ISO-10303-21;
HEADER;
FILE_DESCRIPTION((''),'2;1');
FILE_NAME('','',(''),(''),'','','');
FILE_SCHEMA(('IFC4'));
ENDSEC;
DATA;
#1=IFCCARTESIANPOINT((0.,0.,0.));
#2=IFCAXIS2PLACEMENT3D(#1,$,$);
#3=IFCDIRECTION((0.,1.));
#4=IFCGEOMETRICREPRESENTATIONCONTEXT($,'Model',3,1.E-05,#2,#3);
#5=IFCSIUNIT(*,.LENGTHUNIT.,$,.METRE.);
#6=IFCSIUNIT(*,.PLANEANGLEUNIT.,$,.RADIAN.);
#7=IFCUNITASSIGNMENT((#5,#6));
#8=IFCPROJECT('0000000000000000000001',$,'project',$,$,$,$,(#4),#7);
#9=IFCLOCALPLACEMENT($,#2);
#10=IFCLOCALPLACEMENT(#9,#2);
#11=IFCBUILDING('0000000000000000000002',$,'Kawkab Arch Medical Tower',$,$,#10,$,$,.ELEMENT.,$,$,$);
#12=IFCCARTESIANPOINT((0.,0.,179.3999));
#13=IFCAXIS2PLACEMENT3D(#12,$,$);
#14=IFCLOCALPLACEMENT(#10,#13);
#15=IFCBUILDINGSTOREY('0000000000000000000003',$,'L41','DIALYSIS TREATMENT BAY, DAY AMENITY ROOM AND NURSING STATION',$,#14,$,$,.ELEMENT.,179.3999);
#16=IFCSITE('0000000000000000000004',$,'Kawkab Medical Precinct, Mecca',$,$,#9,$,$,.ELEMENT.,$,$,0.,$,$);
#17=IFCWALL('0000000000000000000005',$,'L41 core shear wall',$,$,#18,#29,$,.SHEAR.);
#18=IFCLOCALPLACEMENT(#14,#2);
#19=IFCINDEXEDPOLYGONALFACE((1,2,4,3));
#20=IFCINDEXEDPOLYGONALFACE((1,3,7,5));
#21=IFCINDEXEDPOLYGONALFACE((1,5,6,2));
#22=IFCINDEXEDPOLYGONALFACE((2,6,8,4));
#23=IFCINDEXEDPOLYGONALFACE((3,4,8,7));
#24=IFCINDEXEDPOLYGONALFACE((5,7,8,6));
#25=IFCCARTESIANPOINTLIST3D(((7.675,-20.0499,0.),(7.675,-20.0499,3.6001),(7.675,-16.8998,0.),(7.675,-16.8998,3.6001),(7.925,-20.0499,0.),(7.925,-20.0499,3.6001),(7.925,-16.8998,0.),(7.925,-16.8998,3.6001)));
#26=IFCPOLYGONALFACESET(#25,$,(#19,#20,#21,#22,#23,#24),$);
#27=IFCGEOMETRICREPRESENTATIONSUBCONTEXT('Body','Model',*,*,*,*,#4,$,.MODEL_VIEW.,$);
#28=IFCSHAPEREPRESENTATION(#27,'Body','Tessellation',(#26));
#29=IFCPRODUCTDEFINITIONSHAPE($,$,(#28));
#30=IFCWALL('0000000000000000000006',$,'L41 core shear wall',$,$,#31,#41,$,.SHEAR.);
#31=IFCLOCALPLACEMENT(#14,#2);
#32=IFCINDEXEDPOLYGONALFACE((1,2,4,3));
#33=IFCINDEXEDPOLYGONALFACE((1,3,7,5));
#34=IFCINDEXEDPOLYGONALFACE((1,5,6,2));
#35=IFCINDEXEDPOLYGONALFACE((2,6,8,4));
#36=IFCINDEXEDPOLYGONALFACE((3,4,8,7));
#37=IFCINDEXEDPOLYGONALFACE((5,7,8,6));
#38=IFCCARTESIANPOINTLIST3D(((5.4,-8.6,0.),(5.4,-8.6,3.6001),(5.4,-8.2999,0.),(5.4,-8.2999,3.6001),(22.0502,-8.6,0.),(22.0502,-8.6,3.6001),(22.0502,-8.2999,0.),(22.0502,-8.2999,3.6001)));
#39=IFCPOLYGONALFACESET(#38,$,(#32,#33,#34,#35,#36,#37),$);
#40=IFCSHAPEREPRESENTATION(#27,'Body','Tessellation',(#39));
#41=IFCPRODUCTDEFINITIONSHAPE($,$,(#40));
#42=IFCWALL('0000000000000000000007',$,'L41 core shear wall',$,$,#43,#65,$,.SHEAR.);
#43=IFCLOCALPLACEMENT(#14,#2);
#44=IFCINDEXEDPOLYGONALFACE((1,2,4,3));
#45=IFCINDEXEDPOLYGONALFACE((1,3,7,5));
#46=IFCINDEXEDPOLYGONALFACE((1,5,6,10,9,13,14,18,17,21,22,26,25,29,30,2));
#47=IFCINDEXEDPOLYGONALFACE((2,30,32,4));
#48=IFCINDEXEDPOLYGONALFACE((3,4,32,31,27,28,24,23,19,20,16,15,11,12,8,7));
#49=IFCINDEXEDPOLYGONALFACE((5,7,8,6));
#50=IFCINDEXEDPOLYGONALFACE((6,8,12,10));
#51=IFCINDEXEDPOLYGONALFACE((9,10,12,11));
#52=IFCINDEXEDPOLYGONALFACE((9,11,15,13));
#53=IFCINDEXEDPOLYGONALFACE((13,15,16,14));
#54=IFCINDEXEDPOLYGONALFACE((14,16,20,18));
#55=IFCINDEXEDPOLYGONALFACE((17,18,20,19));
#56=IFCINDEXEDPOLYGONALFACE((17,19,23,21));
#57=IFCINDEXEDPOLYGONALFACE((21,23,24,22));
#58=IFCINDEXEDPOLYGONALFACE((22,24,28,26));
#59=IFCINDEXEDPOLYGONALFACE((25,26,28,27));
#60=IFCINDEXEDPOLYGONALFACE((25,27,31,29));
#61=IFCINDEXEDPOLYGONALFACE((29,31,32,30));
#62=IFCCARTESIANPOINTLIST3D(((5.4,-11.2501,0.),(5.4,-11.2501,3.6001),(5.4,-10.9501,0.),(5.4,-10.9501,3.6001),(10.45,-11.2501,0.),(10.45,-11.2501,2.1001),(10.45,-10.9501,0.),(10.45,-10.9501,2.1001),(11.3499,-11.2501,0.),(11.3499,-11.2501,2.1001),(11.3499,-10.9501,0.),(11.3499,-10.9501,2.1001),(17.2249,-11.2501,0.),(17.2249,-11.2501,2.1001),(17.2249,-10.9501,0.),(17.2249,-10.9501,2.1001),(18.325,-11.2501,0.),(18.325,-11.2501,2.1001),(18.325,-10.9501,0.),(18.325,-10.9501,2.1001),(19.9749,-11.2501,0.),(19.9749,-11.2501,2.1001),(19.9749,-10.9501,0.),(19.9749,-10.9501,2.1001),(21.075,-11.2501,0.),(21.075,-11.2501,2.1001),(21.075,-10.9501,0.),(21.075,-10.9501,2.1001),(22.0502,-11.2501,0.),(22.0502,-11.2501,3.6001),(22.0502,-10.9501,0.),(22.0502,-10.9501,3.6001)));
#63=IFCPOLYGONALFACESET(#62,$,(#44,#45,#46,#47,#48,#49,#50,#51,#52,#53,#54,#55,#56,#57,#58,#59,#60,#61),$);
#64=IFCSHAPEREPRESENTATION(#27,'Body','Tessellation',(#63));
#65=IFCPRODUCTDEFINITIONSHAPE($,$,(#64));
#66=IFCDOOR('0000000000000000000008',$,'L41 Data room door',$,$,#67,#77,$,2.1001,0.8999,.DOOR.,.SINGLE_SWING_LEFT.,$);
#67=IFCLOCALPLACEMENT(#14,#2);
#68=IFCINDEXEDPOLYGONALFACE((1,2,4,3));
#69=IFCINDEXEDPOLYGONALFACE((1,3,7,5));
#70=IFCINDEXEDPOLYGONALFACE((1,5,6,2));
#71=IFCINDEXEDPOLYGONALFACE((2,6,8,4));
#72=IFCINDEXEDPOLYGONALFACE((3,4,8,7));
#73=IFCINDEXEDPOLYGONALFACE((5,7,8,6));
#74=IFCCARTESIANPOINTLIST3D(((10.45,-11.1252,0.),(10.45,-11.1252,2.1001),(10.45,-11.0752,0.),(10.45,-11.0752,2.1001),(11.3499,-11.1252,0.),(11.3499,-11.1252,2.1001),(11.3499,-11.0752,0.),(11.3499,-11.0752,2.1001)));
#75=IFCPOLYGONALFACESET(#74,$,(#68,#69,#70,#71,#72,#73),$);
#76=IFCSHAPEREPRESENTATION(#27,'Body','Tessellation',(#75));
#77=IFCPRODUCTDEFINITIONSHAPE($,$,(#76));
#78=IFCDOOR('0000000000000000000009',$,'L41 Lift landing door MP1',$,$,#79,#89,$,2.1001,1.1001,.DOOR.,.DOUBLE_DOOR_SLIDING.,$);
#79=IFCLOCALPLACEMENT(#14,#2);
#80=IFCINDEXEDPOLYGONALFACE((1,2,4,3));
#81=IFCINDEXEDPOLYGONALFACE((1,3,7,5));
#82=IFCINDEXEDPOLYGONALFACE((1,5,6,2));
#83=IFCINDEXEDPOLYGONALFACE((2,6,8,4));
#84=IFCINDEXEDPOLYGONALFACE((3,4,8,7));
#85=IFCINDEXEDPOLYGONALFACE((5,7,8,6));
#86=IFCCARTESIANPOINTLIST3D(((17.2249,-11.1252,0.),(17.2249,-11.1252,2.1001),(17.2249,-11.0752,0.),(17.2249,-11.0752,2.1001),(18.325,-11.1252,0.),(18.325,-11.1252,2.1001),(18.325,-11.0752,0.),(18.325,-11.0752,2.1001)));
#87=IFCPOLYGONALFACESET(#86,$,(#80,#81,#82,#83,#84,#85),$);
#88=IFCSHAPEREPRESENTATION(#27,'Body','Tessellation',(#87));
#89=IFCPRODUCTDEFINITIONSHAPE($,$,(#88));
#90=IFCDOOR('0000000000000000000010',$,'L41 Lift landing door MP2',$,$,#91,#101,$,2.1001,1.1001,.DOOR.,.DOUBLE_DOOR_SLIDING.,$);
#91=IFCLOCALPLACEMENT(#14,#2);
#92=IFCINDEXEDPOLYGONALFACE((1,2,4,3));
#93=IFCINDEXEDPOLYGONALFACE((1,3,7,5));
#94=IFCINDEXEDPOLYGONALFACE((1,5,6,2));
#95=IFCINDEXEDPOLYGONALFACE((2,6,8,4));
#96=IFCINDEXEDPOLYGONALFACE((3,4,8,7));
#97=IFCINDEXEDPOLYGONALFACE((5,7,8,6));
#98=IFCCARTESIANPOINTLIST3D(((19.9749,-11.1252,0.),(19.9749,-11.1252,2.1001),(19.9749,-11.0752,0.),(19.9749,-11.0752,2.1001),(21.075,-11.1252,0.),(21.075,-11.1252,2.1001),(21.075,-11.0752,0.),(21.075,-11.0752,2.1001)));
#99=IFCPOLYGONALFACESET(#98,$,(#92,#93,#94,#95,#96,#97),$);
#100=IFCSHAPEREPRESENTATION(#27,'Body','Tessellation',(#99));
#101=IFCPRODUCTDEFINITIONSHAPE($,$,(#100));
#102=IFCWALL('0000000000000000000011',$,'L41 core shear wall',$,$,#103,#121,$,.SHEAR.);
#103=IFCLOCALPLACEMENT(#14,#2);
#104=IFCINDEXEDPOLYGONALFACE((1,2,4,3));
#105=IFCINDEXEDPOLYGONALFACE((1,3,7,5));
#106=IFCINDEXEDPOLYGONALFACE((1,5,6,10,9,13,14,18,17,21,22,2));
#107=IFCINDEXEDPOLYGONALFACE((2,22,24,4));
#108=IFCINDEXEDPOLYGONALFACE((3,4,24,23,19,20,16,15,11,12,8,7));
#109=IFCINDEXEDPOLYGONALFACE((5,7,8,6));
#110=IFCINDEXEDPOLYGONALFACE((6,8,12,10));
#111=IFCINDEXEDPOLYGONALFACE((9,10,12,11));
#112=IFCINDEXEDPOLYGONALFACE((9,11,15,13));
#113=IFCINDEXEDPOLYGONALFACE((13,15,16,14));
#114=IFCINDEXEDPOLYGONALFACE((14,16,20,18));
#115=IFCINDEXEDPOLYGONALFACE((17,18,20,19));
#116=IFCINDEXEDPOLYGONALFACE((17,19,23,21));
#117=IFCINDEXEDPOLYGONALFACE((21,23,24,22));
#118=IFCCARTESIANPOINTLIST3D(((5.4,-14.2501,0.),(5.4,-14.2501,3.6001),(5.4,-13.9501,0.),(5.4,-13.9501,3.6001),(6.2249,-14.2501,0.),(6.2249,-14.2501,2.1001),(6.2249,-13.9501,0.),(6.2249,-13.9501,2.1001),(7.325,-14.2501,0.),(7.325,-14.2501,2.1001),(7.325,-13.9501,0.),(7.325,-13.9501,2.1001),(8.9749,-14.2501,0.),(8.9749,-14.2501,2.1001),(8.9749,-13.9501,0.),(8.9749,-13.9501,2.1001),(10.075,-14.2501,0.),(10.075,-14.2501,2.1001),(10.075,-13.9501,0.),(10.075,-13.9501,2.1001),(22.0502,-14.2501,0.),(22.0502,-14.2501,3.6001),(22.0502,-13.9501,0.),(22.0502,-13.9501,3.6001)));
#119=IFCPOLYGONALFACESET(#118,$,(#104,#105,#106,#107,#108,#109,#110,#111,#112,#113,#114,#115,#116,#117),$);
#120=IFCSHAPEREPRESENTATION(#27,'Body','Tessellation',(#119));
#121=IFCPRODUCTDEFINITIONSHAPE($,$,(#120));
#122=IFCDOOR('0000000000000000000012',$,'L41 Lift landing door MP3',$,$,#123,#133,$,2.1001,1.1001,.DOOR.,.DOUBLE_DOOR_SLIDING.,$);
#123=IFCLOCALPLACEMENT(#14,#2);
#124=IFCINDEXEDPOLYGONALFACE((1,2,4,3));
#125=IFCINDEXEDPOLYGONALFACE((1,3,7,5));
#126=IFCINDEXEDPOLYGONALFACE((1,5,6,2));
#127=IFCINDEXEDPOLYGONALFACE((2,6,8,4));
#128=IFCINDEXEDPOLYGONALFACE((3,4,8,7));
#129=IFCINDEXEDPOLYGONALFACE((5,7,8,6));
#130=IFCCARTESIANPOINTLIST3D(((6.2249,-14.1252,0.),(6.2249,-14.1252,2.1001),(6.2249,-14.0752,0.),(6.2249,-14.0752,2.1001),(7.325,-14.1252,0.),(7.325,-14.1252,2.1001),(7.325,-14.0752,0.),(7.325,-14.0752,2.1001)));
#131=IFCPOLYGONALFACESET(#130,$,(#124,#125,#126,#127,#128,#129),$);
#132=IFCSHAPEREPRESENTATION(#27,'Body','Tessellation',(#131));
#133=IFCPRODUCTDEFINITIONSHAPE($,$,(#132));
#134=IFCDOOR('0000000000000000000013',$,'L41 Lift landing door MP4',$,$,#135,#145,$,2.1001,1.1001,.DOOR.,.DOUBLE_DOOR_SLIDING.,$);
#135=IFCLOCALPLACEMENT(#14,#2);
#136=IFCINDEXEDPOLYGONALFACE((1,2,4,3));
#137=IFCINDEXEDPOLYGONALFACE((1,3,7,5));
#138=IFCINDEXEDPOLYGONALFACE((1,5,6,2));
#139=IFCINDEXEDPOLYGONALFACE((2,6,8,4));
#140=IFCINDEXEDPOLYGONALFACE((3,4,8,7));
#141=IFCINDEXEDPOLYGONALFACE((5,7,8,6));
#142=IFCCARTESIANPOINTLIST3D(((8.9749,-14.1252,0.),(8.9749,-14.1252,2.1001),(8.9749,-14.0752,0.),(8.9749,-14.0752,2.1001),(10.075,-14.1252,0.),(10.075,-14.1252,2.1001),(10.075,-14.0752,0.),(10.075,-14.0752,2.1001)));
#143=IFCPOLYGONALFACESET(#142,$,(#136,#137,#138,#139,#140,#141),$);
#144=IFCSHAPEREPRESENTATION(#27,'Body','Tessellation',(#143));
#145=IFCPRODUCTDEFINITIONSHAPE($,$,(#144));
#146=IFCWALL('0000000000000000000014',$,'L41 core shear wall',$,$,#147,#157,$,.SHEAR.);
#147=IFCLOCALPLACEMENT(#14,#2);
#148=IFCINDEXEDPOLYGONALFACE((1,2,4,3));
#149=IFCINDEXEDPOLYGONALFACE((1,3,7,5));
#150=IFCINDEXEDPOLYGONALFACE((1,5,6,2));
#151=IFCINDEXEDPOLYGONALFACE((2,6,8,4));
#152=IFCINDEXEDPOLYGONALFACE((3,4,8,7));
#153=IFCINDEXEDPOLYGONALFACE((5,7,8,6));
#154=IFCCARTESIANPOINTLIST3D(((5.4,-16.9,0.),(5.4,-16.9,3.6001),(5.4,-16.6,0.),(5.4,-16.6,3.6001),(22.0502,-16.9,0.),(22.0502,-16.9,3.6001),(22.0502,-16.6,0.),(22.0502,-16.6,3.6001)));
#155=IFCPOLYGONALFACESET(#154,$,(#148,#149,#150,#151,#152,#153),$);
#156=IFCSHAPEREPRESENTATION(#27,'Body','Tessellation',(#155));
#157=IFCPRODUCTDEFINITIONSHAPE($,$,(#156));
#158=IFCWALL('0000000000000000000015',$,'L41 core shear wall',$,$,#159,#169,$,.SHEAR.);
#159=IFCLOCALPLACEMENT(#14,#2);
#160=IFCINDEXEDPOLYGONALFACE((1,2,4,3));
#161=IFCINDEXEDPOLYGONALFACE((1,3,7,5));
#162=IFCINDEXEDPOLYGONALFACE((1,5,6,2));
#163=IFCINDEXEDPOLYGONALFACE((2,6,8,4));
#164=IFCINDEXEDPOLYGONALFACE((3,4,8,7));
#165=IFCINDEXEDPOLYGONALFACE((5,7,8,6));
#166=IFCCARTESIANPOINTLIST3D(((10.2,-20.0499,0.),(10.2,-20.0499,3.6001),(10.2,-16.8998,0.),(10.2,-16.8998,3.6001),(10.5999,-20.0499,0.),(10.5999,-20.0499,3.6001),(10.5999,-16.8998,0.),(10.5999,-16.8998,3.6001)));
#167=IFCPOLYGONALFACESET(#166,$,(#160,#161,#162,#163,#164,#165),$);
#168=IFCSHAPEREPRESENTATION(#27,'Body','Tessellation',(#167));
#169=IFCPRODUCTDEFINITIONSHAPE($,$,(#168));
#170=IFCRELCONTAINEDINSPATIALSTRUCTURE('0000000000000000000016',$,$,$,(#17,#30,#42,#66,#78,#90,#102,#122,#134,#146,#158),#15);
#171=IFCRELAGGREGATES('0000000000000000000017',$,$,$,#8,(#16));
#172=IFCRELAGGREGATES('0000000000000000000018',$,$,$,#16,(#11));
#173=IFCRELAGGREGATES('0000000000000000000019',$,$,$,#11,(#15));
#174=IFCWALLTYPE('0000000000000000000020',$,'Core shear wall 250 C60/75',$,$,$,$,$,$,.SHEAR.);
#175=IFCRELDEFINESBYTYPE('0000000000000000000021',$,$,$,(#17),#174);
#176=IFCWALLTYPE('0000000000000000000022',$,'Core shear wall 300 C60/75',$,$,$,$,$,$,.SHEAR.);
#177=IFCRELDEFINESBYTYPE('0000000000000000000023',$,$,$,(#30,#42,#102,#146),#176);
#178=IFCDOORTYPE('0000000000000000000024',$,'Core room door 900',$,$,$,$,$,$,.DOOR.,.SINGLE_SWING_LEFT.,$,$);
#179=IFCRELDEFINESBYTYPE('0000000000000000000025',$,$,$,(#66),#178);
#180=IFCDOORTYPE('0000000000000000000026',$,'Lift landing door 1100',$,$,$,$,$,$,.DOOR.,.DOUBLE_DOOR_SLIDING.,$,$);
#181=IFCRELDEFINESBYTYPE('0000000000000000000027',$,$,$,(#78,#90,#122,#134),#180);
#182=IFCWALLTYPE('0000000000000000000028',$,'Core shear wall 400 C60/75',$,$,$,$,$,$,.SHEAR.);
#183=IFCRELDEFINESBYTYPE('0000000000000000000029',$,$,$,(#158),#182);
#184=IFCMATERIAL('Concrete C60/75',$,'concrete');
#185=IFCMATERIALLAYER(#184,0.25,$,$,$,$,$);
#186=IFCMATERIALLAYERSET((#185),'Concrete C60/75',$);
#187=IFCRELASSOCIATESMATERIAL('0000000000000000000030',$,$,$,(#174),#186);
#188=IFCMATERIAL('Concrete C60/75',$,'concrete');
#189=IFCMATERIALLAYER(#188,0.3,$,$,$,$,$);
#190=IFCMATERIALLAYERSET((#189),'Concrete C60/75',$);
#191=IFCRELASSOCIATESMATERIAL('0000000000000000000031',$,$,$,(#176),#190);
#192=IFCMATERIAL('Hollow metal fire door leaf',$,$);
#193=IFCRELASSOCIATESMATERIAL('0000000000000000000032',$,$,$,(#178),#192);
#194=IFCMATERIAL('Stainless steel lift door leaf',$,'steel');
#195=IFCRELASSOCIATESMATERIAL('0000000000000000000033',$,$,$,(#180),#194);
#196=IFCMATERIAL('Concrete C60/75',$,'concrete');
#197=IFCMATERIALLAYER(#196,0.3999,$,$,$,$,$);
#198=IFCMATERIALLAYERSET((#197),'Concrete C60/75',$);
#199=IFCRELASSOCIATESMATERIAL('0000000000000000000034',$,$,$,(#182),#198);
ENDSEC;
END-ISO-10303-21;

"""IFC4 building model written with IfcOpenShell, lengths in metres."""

from ifc_helpers import new_model, si_unit, direction, frame, frame_2d, origin, place, context, subcontext, project, spatial, rectangle, extrude, material, layer, layer_set, type_object, element, fill, save


model = new_model("IFC4")

# Units and contexts
model_context = context("Model", 3, precision=1e-05, world=origin(), true_north=direction((0.0, 1.0)))
body_context = subcontext(model_context, "Body", "Model", "MODEL_VIEW")
ifc_project = project(units=[si_unit("LENGTHUNIT", "METRE"), si_unit("PLANEANGLEUNIT", "RADIAN")], contexts=[model_context])

# Site, building, storey
site_placement = place(None, origin())
site = spatial("IfcSite", under=ifc_project, at=site_placement, Name="Kawkab Medical Precinct, Mecca", CompositionType="ELEMENT", RefElevation=0.0)
building_placement = place(site_placement, origin())
building = spatial("IfcBuilding", under=site, at=building_placement, Name="Kawkab Arch Medical Tower", CompositionType="ELEMENT")
storey_placement = place(building_placement, frame((0.0, 0.0, 179.3999)))
storey = spatial("IfcBuildingStorey", under=building, at=storey_placement, Name="L41", Description="DIALYSIS TREATMENT BAY, DAY AMENITY ROOM AND NURSING STATION", CompositionType="ELEMENT", Elevation=179.3999)

# Walls
ifc_material_1 = material(Name="Concrete C60/75", Category="concrete")
ifc_layer_1 = layer(ifc_material_1, 0.25)
ifc_layer_set_1 = layer_set([ifc_layer_1], Name="Concrete C60/75")
wall_type_1 = type_object("IfcWallType", Name="Core shear wall 250 C60/75", PredefinedType="SHEAR", material=ifc_layer_set_1)
wall_1_placement = place(storey_placement, frame((7.8, -20.05, 0.0), z_axis=(0.0, 0.0, 1.0), x_axis=(0.0, 1.0, 0.0)))
element("IfcWall", 1, at=wall_1_placement, inside=storey, type_object=wall_type_1, Name="L41 core shear wall", PredefinedType="SHEAR", context=body_context, shape_type="SweptSolid", body=[
    extrude(rectangle(XDim=3.1501, YDim=0.25, at=frame_2d((1.5752, 0.0))), origin(), (0.0, 0.0, 1.0), 3.6001),
])
ifc_material_2 = material(Name="Concrete C60/75", Category="concrete")
ifc_layer_2 = layer(ifc_material_2, 0.3)
ifc_layer_set_2 = layer_set([ifc_layer_2], Name="Concrete C60/75")
wall_type_2 = type_object("IfcWallType", Name="Core shear wall 300 C60/75", PredefinedType="SHEAR", material=ifc_layer_set_2)
wall_2_placement = place(storey_placement, frame((5.3999, -8.45, 0.0), z_axis=(0.0, 0.0, 1.0), x_axis=(1.0, 0.0, 0.0)))
element("IfcWall", 2, at=wall_2_placement, inside=storey, type_object=wall_type_2, Name="L41 core shear wall", PredefinedType="SHEAR", context=body_context, shape_type="SweptSolid", body=[
    extrude(rectangle(XDim=16.6501, YDim=0.3, at=frame_2d((8.3252, 0.0))), origin(), (0.0, 0.0, 1.0), 3.6001),
])

# Walls, openings, doors
wall_3_placement = place(storey_placement, frame((5.3999, -11.1001, 0.0), z_axis=(0.0, 0.0, 1.0), x_axis=(1.0, 0.0, 0.0)))
wall_3 = element("IfcWall", 3, at=wall_3_placement, inside=storey, type_object=wall_type_2, Name="L41 core shear wall", PredefinedType="SHEAR", context=body_context, shape_type="SweptSolid", body=[
    extrude(rectangle(XDim=16.6501, YDim=0.3, at=frame_2d((8.3252, 0.0))), origin(), (0.0, 0.0, 1.0), 3.6001),
])
opening_1_placement = place(wall_3_placement, frame((11.825, 0.0, 0.0)))
opening_1 = element("IfcOpeningElement", 4, at=opening_1_placement, cuts=wall_3, PredefinedType="OPENING", context=body_context, shape_type="SweptSolid", body=[
    extrude(rectangle(XDim=1.1001, YDim=2.1001, at=frame_2d((0.55, 1.05))), frame((0.0, 0.1599, 0.0), z_axis=(0.0, -1.0, 0.0), x_axis=(1.0, 0.0, 0.0)), (0.0, 0.0, 1.0), 0.3201),
])
opening_2_placement = place(wall_3_placement, frame((14.575, 0.0, 0.0)))
opening_2 = element("IfcOpeningElement", 5, at=opening_2_placement, cuts=wall_3, PredefinedType="OPENING", context=body_context, shape_type="SweptSolid", body=[
    extrude(rectangle(XDim=1.1001, YDim=2.1001, at=frame_2d((0.55, 1.05))), frame((0.0, 0.1599, 0.0), z_axis=(0.0, -1.0, 0.0), x_axis=(1.0, 0.0, 0.0)), (0.0, 0.0, 1.0), 0.3201),
])
opening_3_placement = place(wall_3_placement, frame((5.05, 0.0, 0.0)))
opening_3 = element("IfcOpeningElement", 6, at=opening_3_placement, cuts=wall_3, PredefinedType="OPENING", context=body_context, shape_type="SweptSolid", body=[
    extrude(rectangle(XDim=0.8999, YDim=2.1001, at=frame_2d((0.45, 1.05))), frame((0.0, 0.1599, 0.0), z_axis=(0.0, -1.0, 0.0), x_axis=(1.0, 0.0, 0.0)), (0.0, 0.0, 1.0), 0.3201),
])
ifc_material_3 = material(Name="Hollow metal fire door leaf")
door_type_1 = type_object("IfcDoorType", Name="Core room door 900", OperationType="SINGLE_SWING_LEFT", PredefinedType="DOOR", material=ifc_material_3)
door_1_placement = place(opening_3_placement, origin())
door_1 = element("IfcDoor", 7, at=door_1_placement, inside=storey, type_object=door_type_1, Name="L41 Data room door", OperationType="SINGLE_SWING_LEFT", OverallHeight=2.1001, OverallWidth=0.8999, PredefinedType="DOOR", context=body_context, shape_type="SweptSolid", body=[
    extrude(rectangle(XDim=0.8999, YDim=2.1001, at=frame_2d((0.45, 1.05))), frame((0.0, 0.0249, 0.0), z_axis=(0.0, -1.0, 0.0), x_axis=(1.0, 0.0, 0.0)), (0.0, 0.0, 1.0), 0.05),
])
fill(opening_3, door_1)
ifc_material_4 = material(Name="Stainless steel lift door leaf", Category="steel")
door_type_2 = type_object("IfcDoorType", Name="Lift landing door 1100", OperationType="DOUBLE_DOOR_SLIDING", PredefinedType="DOOR", material=ifc_material_4)
door_2_placement = place(opening_1_placement, origin())
door_2 = element("IfcDoor", 8, at=door_2_placement, inside=storey, type_object=door_type_2, Name="L41 Lift landing door MP1", OperationType="DOUBLE_DOOR_SLIDING", OverallHeight=2.1001, OverallWidth=1.1001, PredefinedType="DOOR", context=body_context, shape_type="SweptSolid", body=[
    extrude(rectangle(XDim=1.1001, YDim=2.1001, at=frame_2d((0.55, 1.05))), frame((0.0, 0.0249, 0.0), z_axis=(0.0, -1.0, 0.0), x_axis=(1.0, 0.0, 0.0)), (0.0, 0.0, 1.0), 0.05),
])
fill(opening_1, door_2)
door_3_placement = place(opening_2_placement, origin())
door_3 = element("IfcDoor", 9, at=door_3_placement, inside=storey, type_object=door_type_2, Name="L41 Lift landing door MP2", OperationType="DOUBLE_DOOR_SLIDING", OverallHeight=2.1001, OverallWidth=1.1001, PredefinedType="DOOR", context=body_context, shape_type="SweptSolid", body=[
    extrude(rectangle(XDim=1.1001, YDim=2.1001, at=frame_2d((0.55, 1.05))), frame((0.0, 0.0249, 0.0), z_axis=(0.0, -1.0, 0.0), x_axis=(1.0, 0.0, 0.0)), (0.0, 0.0, 1.0), 0.05),
])
fill(opening_2, door_3)
wall_4_placement = place(storey_placement, frame((5.3999, -14.1001, 0.0), z_axis=(0.0, 0.0, 1.0), x_axis=(1.0, 0.0, 0.0)))
wall_4 = element("IfcWall", 10, at=wall_4_placement, inside=storey, type_object=wall_type_2, Name="L41 core shear wall", PredefinedType="SHEAR", context=body_context, shape_type="SweptSolid", body=[
    extrude(rectangle(XDim=16.6501, YDim=0.3, at=frame_2d((8.3252, 0.0))), origin(), (0.0, 0.0, 1.0), 3.6001),
])
opening_4_placement = place(wall_4_placement, frame((0.825, 0.0, 0.0)))
opening_4 = element("IfcOpeningElement", 11, at=opening_4_placement, cuts=wall_4, PredefinedType="OPENING", context=body_context, shape_type="SweptSolid", body=[
    extrude(rectangle(XDim=1.1001, YDim=2.1001, at=frame_2d((0.55, 1.05))), frame((0.0, 0.1599, 0.0), z_axis=(0.0, -1.0, 0.0), x_axis=(1.0, 0.0, 0.0)), (0.0, 0.0, 1.0), 0.3201),
])
opening_5_placement = place(wall_4_placement, frame((3.575, 0.0, 0.0)))
opening_5 = element("IfcOpeningElement", 12, at=opening_5_placement, cuts=wall_4, PredefinedType="OPENING", context=body_context, shape_type="SweptSolid", body=[
    extrude(rectangle(XDim=1.1001, YDim=2.1001, at=frame_2d((0.55, 1.05))), frame((0.0, 0.1599, 0.0), z_axis=(0.0, -1.0, 0.0), x_axis=(1.0, 0.0, 0.0)), (0.0, 0.0, 1.0), 0.3201),
])
door_4_placement = place(opening_4_placement, origin())
door_4 = element("IfcDoor", 13, at=door_4_placement, inside=storey, type_object=door_type_2, Name="L41 Lift landing door MP3", OperationType="DOUBLE_DOOR_SLIDING", OverallHeight=2.1001, OverallWidth=1.1001, PredefinedType="DOOR", context=body_context, shape_type="SweptSolid", body=[
    extrude(rectangle(XDim=1.1001, YDim=2.1001, at=frame_2d((0.55, 1.05))), frame((0.0, 0.0249, 0.0), z_axis=(0.0, -1.0, 0.0), x_axis=(1.0, 0.0, 0.0)), (0.0, 0.0, 1.0), 0.05),
])
fill(opening_4, door_4)
door_5_placement = place(opening_5_placement, origin())
door_5 = element("IfcDoor", 14, at=door_5_placement, inside=storey, type_object=door_type_2, Name="L41 Lift landing door MP4", OperationType="DOUBLE_DOOR_SLIDING", OverallHeight=2.1001, OverallWidth=1.1001, PredefinedType="DOOR", context=body_context, shape_type="SweptSolid", body=[
    extrude(rectangle(XDim=1.1001, YDim=2.1001, at=frame_2d((0.55, 1.05))), frame((0.0, 0.0249, 0.0), z_axis=(0.0, -1.0, 0.0), x_axis=(1.0, 0.0, 0.0)), (0.0, 0.0, 1.0), 0.05),
])
fill(opening_5, door_5)

# Walls
wall_5_placement = place(storey_placement, frame((5.3999, -16.75, 0.0), z_axis=(0.0, 0.0, 1.0), x_axis=(1.0, 0.0, 0.0)))
element("IfcWall", 15, at=wall_5_placement, inside=storey, type_object=wall_type_2, Name="L41 core shear wall", PredefinedType="SHEAR", context=body_context, shape_type="SweptSolid", body=[
    extrude(rectangle(XDim=16.6501, YDim=0.3, at=frame_2d((8.3252, 0.0))), origin(), (0.0, 0.0, 1.0), 3.6001),
])
ifc_material_5 = material(Name="Concrete C60/75", Category="concrete")
ifc_layer_3 = layer(ifc_material_5, 0.3999)
ifc_layer_set_3 = layer_set([ifc_layer_3], Name="Concrete C60/75")
wall_type_3 = type_object("IfcWallType", Name="Core shear wall 400 C60/75", PredefinedType="SHEAR", material=ifc_layer_set_3)
wall_6_placement = place(storey_placement, frame((10.3999, -20.05, 0.0), z_axis=(0.0, 0.0, 1.0), x_axis=(0.0, 1.0, 0.0)))
element("IfcWall", 16, at=wall_6_placement, inside=storey, type_object=wall_type_3, Name="L41 core shear wall", PredefinedType="SHEAR", context=body_context, shape_type="SweptSolid", body=[
    extrude(rectangle(XDim=3.1501, YDim=0.3999, at=frame_2d((1.5752, 0.0))), origin(), (0.0, 0.0, 1.0), 3.6001),
])

save(model, "model.ifc")
